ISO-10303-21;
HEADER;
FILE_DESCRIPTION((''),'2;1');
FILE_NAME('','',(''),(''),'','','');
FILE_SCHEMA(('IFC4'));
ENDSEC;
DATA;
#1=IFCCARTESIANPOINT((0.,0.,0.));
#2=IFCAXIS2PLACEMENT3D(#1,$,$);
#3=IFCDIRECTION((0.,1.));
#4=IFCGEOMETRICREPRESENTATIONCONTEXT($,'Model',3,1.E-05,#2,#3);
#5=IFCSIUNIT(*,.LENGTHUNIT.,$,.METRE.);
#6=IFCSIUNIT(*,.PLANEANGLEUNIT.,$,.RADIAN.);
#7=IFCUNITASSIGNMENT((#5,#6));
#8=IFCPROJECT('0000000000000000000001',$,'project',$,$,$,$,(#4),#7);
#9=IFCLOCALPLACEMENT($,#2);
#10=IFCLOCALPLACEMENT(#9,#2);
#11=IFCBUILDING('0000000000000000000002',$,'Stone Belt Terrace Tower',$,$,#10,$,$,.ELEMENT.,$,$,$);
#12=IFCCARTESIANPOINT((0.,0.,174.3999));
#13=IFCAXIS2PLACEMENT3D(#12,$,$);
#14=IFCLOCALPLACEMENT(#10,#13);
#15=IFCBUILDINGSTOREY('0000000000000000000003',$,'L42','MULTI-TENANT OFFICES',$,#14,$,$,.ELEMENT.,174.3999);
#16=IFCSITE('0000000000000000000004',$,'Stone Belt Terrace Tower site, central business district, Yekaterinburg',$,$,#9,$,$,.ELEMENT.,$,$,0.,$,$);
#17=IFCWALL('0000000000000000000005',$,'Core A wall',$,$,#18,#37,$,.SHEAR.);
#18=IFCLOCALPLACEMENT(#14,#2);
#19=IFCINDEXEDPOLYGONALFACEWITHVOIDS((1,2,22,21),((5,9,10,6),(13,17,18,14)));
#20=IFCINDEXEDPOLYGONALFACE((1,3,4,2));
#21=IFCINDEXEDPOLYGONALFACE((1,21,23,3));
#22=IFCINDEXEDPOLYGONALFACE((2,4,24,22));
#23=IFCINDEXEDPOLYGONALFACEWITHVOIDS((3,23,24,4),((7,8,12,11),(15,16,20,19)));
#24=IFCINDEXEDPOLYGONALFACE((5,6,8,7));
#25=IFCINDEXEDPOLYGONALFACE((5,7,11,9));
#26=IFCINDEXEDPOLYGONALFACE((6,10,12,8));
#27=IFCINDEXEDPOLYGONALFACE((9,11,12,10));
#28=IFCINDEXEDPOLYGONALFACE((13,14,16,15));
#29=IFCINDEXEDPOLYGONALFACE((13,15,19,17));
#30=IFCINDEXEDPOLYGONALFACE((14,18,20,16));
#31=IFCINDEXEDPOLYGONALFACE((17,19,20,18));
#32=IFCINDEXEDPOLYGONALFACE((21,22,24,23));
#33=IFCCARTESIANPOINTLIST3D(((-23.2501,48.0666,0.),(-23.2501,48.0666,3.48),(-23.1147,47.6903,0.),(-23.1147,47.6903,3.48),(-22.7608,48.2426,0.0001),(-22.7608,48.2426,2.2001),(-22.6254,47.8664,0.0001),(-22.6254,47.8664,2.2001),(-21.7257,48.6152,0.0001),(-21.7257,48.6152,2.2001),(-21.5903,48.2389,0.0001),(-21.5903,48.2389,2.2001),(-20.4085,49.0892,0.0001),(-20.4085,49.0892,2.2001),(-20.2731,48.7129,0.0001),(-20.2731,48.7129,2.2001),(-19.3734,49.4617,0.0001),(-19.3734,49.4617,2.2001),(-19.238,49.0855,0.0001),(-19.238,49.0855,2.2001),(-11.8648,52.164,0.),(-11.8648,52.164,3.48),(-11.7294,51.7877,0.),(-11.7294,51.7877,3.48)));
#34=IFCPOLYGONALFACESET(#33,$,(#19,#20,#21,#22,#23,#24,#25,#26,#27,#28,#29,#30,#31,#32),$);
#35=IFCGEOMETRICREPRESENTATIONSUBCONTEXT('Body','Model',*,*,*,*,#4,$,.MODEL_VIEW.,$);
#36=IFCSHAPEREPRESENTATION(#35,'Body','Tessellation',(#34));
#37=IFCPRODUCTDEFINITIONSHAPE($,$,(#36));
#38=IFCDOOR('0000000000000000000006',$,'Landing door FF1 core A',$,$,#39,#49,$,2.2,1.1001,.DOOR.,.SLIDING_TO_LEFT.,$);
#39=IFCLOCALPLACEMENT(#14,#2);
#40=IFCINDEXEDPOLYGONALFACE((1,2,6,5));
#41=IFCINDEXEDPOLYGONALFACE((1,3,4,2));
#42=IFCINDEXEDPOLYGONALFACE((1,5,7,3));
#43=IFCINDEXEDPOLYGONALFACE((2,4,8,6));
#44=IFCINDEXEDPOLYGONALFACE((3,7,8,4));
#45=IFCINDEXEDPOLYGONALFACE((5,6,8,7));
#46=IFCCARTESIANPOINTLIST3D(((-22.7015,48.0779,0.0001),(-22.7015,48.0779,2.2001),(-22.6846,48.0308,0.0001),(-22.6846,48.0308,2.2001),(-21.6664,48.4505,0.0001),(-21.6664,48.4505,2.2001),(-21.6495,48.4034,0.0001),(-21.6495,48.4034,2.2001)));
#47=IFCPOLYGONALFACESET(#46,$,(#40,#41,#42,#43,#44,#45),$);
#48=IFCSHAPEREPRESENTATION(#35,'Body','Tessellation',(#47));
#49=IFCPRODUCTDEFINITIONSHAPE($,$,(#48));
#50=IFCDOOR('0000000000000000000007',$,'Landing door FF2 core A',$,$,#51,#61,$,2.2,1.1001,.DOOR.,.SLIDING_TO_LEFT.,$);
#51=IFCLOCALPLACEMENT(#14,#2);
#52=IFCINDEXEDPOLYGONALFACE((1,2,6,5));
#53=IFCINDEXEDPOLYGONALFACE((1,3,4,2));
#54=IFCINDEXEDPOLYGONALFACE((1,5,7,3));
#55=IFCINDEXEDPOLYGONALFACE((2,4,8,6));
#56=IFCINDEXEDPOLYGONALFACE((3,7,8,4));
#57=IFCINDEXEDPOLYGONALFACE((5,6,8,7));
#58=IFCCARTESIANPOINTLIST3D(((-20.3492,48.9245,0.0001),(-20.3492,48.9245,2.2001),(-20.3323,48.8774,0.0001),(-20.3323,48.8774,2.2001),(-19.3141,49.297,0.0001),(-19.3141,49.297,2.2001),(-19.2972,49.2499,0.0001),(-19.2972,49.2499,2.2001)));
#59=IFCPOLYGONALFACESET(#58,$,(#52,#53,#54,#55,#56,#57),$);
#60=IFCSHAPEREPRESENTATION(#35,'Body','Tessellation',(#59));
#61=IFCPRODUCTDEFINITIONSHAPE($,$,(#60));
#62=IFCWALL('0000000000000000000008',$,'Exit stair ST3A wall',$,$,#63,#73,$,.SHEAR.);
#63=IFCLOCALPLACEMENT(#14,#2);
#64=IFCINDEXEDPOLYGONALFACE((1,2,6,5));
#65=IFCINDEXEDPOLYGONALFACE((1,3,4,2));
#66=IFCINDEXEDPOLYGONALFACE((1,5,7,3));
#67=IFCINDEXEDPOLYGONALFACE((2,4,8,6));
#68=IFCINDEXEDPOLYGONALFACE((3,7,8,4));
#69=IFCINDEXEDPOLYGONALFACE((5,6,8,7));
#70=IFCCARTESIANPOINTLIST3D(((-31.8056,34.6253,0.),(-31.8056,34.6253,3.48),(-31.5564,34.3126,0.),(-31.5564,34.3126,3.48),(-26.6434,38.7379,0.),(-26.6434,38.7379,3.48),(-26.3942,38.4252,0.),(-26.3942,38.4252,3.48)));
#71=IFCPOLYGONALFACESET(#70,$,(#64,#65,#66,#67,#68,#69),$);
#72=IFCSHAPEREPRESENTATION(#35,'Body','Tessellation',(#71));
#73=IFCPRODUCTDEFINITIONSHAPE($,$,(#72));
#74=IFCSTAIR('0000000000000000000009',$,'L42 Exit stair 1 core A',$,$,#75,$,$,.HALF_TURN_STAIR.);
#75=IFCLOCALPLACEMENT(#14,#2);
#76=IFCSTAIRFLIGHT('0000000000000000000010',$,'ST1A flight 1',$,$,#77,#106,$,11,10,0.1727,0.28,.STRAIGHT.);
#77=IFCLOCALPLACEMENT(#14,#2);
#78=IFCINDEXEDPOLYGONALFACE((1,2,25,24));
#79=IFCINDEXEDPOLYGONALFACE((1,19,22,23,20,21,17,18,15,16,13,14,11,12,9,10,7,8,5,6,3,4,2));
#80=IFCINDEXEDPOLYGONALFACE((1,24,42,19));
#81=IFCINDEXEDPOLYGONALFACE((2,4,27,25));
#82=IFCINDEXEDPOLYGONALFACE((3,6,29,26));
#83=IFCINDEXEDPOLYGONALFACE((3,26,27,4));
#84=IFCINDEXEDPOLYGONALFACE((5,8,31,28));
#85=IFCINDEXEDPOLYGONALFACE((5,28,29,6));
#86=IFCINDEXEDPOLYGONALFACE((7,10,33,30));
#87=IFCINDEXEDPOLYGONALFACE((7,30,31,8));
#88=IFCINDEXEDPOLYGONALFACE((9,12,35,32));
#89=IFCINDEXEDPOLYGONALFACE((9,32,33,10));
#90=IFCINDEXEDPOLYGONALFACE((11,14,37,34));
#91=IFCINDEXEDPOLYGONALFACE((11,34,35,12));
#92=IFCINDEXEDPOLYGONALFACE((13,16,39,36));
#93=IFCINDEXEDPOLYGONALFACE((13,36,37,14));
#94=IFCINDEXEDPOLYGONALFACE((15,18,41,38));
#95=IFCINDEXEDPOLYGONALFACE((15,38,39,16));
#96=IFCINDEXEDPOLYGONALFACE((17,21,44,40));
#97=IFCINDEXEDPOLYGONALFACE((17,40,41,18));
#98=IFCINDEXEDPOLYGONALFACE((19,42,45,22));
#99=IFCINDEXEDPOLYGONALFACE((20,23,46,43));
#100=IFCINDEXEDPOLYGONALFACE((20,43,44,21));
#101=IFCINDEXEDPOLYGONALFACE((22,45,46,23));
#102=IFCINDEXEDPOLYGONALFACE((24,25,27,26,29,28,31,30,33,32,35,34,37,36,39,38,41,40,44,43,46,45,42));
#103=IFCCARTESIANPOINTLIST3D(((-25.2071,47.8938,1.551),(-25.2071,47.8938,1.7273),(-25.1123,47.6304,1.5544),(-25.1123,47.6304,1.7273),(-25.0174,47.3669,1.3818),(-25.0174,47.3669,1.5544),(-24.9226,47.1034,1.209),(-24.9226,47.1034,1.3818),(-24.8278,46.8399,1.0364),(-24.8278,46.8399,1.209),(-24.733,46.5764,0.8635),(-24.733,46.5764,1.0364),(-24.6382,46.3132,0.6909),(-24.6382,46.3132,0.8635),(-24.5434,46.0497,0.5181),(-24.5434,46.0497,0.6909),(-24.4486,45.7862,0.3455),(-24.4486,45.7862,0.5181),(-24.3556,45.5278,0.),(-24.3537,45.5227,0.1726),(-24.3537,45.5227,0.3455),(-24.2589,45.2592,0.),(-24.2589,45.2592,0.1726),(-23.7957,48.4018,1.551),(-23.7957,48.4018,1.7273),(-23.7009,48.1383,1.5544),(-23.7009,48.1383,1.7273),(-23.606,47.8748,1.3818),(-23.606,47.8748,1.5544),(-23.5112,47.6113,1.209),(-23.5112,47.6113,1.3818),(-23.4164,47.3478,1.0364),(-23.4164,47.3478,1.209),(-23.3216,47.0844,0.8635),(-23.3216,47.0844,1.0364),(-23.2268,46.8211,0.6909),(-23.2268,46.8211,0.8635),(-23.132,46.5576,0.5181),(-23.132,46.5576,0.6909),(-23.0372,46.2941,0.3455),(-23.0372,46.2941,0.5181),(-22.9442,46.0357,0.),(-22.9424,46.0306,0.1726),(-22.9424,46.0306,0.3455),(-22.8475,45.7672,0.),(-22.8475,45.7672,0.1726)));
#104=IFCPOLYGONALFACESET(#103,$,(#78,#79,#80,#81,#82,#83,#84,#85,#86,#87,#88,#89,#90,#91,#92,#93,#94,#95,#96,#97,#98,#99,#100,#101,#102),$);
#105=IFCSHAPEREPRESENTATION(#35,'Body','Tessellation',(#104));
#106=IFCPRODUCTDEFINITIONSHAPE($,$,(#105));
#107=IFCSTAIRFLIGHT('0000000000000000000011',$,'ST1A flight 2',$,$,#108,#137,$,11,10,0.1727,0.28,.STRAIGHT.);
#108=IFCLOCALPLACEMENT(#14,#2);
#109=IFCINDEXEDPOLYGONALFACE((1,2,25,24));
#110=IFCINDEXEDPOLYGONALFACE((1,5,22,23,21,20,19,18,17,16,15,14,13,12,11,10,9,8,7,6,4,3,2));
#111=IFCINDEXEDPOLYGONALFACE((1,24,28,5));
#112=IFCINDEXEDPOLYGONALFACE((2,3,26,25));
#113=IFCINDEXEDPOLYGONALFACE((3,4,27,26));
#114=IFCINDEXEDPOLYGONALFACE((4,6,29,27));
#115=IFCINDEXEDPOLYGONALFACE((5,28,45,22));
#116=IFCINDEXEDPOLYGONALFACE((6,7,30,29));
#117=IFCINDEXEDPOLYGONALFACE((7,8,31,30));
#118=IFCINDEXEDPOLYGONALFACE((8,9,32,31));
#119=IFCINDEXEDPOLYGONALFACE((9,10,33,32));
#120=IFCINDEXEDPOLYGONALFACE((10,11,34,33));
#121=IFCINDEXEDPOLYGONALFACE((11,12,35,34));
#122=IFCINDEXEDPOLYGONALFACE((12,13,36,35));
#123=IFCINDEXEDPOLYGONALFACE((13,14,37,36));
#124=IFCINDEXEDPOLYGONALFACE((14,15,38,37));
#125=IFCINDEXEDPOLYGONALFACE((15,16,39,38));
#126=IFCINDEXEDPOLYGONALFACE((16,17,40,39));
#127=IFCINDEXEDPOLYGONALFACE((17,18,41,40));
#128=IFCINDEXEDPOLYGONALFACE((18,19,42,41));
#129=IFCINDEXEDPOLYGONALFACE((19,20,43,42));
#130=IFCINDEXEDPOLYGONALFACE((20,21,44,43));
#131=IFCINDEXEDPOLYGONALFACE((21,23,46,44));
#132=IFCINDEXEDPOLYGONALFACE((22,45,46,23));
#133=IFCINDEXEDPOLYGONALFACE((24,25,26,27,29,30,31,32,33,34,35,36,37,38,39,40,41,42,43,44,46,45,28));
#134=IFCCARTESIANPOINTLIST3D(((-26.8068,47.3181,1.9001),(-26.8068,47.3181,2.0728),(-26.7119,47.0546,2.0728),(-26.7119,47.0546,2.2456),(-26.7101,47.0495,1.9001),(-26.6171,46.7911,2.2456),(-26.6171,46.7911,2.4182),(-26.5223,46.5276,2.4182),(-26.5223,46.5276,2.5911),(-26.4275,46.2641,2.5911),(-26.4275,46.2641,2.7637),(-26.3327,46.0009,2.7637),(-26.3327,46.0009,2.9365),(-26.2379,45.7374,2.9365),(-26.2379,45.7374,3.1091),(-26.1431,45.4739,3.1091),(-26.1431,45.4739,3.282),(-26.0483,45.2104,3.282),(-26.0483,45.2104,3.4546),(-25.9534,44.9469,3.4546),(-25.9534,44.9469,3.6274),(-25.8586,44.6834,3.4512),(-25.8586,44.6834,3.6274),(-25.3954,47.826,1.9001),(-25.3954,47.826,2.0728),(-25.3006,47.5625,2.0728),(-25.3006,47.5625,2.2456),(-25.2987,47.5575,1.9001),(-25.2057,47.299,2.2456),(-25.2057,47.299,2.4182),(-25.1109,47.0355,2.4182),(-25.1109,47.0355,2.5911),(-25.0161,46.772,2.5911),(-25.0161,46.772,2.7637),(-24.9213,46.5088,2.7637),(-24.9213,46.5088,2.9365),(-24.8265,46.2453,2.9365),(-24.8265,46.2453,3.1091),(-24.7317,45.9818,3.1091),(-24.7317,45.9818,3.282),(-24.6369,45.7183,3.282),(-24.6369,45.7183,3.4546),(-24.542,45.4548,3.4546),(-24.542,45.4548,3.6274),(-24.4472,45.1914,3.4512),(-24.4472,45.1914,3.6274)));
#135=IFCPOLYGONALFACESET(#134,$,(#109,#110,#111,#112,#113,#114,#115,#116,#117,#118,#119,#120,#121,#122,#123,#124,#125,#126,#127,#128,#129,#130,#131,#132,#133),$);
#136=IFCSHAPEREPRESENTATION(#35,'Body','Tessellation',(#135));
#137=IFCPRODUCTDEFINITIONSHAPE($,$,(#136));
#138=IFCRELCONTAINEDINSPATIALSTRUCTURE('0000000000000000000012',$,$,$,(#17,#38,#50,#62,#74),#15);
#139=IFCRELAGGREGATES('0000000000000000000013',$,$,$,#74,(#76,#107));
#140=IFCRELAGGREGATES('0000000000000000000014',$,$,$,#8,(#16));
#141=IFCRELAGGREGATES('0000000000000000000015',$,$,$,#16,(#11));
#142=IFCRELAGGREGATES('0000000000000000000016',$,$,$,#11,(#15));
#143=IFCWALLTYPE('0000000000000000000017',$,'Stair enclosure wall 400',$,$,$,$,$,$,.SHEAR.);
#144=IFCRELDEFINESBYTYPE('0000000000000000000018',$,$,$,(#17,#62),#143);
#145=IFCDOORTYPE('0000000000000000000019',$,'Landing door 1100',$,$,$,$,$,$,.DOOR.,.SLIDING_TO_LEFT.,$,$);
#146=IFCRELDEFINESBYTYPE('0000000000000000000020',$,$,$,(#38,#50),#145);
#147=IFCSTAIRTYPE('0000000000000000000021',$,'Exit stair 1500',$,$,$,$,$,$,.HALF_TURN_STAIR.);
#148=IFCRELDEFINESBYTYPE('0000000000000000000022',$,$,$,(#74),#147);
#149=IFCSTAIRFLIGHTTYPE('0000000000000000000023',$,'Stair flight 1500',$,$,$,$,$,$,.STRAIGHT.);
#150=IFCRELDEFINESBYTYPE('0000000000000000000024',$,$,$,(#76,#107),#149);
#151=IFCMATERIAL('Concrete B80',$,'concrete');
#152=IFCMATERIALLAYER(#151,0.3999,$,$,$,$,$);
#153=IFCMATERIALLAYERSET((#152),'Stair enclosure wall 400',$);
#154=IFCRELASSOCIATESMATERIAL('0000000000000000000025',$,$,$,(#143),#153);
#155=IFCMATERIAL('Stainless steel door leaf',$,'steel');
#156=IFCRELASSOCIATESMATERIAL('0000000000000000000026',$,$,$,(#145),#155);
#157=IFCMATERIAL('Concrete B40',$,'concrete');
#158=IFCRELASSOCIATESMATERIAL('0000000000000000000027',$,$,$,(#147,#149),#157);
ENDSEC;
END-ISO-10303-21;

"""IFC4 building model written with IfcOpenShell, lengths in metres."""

from ifc_helpers import new_model, si_unit, direction, frame, frame_2d, origin, place, context, subcontext, project, spatial, polyline, rectangle, outline, extrude, material, layer, layer_set, type_object, element, fill, aggregate, save


model = new_model("IFC4")

# Units and contexts
model_context = context("Model", 3, precision=1e-05, world=origin(), true_north=direction((0.0, 1.0)))
body_context = subcontext(model_context, "Body", "Model", "MODEL_VIEW")
ifc_project = project(units=[si_unit("LENGTHUNIT", "METRE"), si_unit("PLANEANGLEUNIT", "RADIAN")], contexts=[model_context])

# Site, building, storey
site_placement = place(None, origin())
site = spatial("IfcSite", under=ifc_project, at=site_placement, Name="Stone Belt Terrace Tower site, central business district, Yekaterinburg", CompositionType="ELEMENT", RefElevation=0.0)
building_placement = place(site_placement, origin())
building = spatial("IfcBuilding", under=site, at=building_placement, Name="Stone Belt Terrace Tower", CompositionType="ELEMENT")
storey_placement = place(building_placement, frame((0.0, 0.0, 174.3999)))
storey = spatial("IfcBuildingStorey", under=building, at=storey_placement, Name="L42", Description="MULTI-TENANT OFFICES", CompositionType="ELEMENT", Elevation=174.3999)

# Shared definitions
ifc_material_1 = material(Name="Concrete B80", Category="concrete")

# Shared definitions
ifc_layer_1 = layer(ifc_material_1, 0.3999)
ifc_layer_set_1 = layer_set([ifc_layer_1], Name="Stair enclosure wall 400")
wall_type_1 = type_object("IfcWallType", Name="Stair enclosure wall 400", PredefinedType="SHEAR", material=ifc_layer_set_1)

# Wall, openings, doors
wall_1_placement = place(storey_placement, frame((-23.1824, 47.8784, 0.0), z_axis=(0.0, 0.0, 1.0), x_axis=(0.940921, 0.338626, 0.0)))
wall_1 = element("IfcWall", 1, at=wall_1_placement, inside=storey, type_object=wall_type_1, Name="Core A wall", PredefinedType="SHEAR", context=body_context, shape_type="SweptSolid", body=[
    extrude(rectangle(XDim=12.1001, YDim=0.3999, at=frame_2d((6.05, 0.0))), origin(), (0.0, 0.0, 1.0), 3.48),
])
opening_1_placement = place(wall_1_placement, frame((0.52, 0.0, 0.0)))
opening_1 = element("IfcOpeningElement", 2, at=opening_1_placement, cuts=wall_1, PredefinedType="OPENING", context=body_context, shape_type="SweptSolid", body=[
    extrude(rectangle(XDim=1.1001, YDim=2.2, at=frame_2d((0.55, 1.1001))), frame((0.0, 0.21, 0.0), z_axis=(0.0, -1.0, 0.0), x_axis=(1.0, 0.0, 0.0)), (0.0, 0.0, 1.0), 0.4199),
])
opening_2_placement = place(wall_1_placement, frame((3.02, 0.0, 0.0)))
opening_2 = element("IfcOpeningElement", 3, at=opening_2_placement, cuts=wall_1, PredefinedType="OPENING", context=body_context, shape_type="SweptSolid", body=[
    extrude(rectangle(XDim=1.1001, YDim=2.2, at=frame_2d((0.55, 1.1001))), frame((0.0, 0.21, 0.0), z_axis=(0.0, -1.0, 0.0), x_axis=(1.0, 0.0, 0.0)), (0.0, 0.0, 1.0), 0.4199),
])
ifc_material_2 = material(Name="Stainless steel door leaf", Category="steel")
door_type_1 = type_object("IfcDoorType", Name="Landing door 1100", OperationType="SLIDING_TO_LEFT", PredefinedType="DOOR", material=ifc_material_2)
door_1_placement = place(opening_1_placement, origin())
door_1 = element("IfcDoor", 4, at=door_1_placement, inside=storey, type_object=door_type_1, Name="Landing door FF1 core A", OperationType="SLIDING_TO_LEFT", OverallHeight=2.2, OverallWidth=1.1001, PredefinedType="DOOR", context=body_context, shape_type="SweptSolid", body=[
    extrude(rectangle(XDim=1.1001, YDim=2.2, at=frame_2d((0.55, 1.1001))), frame((0.0, 0.0249, 0.0), z_axis=(0.0, -1.0, 0.0), x_axis=(1.0, 0.0, 0.0)), (0.0, 0.0, 1.0), 0.05),
])
fill(opening_1, door_1)
door_2_placement = place(opening_2_placement, origin())
door_2 = element("IfcDoor", 5, at=door_2_placement, inside=storey, type_object=door_type_1, Name="Landing door FF2 core A", OperationType="SLIDING_TO_LEFT", OverallHeight=2.2, OverallWidth=1.1001, PredefinedType="DOOR", context=body_context, shape_type="SweptSolid", body=[
    extrude(rectangle(XDim=1.1001, YDim=2.2, at=frame_2d((0.55, 1.1001))), frame((0.0, 0.0249, 0.0), z_axis=(0.0, -1.0, 0.0), x_axis=(1.0, 0.0, 0.0)), (0.0, 0.0, 1.0), 0.05),
])
fill(opening_2, door_2)

# Wall
wall_2_placement = place(storey_placement, frame((-26.5188, 38.5815, 0.0), z_axis=(0.0, 0.0, 1.0), x_axis=(-0.782134, -0.62311, 0.0)))
element("IfcWall", 6, at=wall_2_placement, inside=storey, type_object=wall_type_1, Name="Exit stair ST3A wall", PredefinedType="SHEAR", context=body_context, shape_type="SweptSolid", body=[
    extrude(rectangle(XDim=6.6001, YDim=0.3999, at=frame_2d((3.3, 0.0))), origin(), (0.0, 0.0, 1.0), 3.48),
])

# Stair, stair flights
ifc_material_3 = material(Name="Concrete B40", Category="concrete")
stair_type = type_object("IfcStairType", Name="Exit stair 1500", PredefinedType="HALF_TURN_STAIR", material=ifc_material_3)
stair_placement = place(storey_placement, origin())
stair = element("IfcStair", 7, at=stair_placement, inside=storey, type_object=stair_type, Name="L42 Exit stair 1 core A", PredefinedType="HALF_TURN_STAIR")
stair_flight_type = type_object("IfcStairFlightType", Name="Stair flight 1500", PredefinedType="STRAIGHT", material=ifc_material_3)
stair_flight_1_placement = place(storey_placement, frame((-23.5532, 45.5132, 0.0), z_axis=(0.0, 0.0, 1.0), x_axis=(-0.338624, 0.940922, 0.0)))
stair_flight_1 = element("IfcStairFlight", 8, at=stair_flight_1_placement, type_object=stair_flight_type, Name="ST1A flight 1", NumberOfRisers=11, NumberOfTreads=10, PredefinedType="STRAIGHT", RiserHeight=0.1727, TreadLength=0.28, context=body_context, shape_type="SweptSolid", body=[
    extrude(outline(polyline([(0.0, 0.0), (0.0, 0.1726), (0.28, 0.1726), (0.28, 0.3455), (0.5601, 0.3455), (0.5601, 0.5181), (0.8401, 0.5181), (0.8401, 0.6909), (1.1201, 0.6909), (1.1201, 0.8635), (1.3999, 0.8635), (1.3999, 1.0364), (1.6799, 1.0364), (1.6799, 1.209), (1.96, 1.209), (1.96, 1.3818), (2.24, 1.3818), (2.24, 1.5544), (2.52, 1.5544), (2.52, 1.7273), (2.8, 1.7273), (2.8, 1.8999), (2.8, 1.551), (0.2854, 0.0), (0.0, 0.0)])), frame((0.0, 0.75, 0.0), z_axis=(0.0, -1.0, 0.0), x_axis=(1.0, 0.0, 0.0)), (0.0, 0.0, 1.0), 1.5),
])
stair_flight_2_placement = place(storey_placement, frame((-26.1011, 47.572, 1.9001), z_axis=(0.0, 0.0, 1.0), x_axis=(0.338624, -0.940922, 0.0)))
stair_flight_2 = element("IfcStairFlight", 9, at=stair_flight_2_placement, type_object=stair_flight_type, Name="ST1A flight 2", NumberOfRisers=11, NumberOfTreads=10, PredefinedType="STRAIGHT", RiserHeight=0.1727, TreadLength=0.28, context=body_context, shape_type="SweptSolid", body=[
    extrude(outline(polyline([(0.0, 0.0), (0.0, 0.1726), (0.28, 0.1726), (0.28, 0.3455), (0.5601, 0.3455), (0.5601, 0.5181), (0.8401, 0.5181), (0.8401, 0.6909), (1.1201, 0.6909), (1.1201, 0.8635), (1.3999, 0.8635), (1.3999, 1.0364), (1.6799, 1.0364), (1.6799, 1.209), (1.96, 1.209), (1.96, 1.3818), (2.24, 1.3818), (2.24, 1.5544), (2.52, 1.5544), (2.52, 1.7273), (2.8, 1.7273), (2.8, 1.8999), (2.8, 1.551), (0.2854, 0.0), (0.0, 0.0)])), frame((0.0, 0.75, 0.0), z_axis=(0.0, -1.0, 0.0), x_axis=(1.0, 0.0, 0.0)), (0.0, 0.0, 1.0), 1.5),
])
aggregate(stair, [stair_flight_1, stair_flight_2])

save(model, "model.ifc")
